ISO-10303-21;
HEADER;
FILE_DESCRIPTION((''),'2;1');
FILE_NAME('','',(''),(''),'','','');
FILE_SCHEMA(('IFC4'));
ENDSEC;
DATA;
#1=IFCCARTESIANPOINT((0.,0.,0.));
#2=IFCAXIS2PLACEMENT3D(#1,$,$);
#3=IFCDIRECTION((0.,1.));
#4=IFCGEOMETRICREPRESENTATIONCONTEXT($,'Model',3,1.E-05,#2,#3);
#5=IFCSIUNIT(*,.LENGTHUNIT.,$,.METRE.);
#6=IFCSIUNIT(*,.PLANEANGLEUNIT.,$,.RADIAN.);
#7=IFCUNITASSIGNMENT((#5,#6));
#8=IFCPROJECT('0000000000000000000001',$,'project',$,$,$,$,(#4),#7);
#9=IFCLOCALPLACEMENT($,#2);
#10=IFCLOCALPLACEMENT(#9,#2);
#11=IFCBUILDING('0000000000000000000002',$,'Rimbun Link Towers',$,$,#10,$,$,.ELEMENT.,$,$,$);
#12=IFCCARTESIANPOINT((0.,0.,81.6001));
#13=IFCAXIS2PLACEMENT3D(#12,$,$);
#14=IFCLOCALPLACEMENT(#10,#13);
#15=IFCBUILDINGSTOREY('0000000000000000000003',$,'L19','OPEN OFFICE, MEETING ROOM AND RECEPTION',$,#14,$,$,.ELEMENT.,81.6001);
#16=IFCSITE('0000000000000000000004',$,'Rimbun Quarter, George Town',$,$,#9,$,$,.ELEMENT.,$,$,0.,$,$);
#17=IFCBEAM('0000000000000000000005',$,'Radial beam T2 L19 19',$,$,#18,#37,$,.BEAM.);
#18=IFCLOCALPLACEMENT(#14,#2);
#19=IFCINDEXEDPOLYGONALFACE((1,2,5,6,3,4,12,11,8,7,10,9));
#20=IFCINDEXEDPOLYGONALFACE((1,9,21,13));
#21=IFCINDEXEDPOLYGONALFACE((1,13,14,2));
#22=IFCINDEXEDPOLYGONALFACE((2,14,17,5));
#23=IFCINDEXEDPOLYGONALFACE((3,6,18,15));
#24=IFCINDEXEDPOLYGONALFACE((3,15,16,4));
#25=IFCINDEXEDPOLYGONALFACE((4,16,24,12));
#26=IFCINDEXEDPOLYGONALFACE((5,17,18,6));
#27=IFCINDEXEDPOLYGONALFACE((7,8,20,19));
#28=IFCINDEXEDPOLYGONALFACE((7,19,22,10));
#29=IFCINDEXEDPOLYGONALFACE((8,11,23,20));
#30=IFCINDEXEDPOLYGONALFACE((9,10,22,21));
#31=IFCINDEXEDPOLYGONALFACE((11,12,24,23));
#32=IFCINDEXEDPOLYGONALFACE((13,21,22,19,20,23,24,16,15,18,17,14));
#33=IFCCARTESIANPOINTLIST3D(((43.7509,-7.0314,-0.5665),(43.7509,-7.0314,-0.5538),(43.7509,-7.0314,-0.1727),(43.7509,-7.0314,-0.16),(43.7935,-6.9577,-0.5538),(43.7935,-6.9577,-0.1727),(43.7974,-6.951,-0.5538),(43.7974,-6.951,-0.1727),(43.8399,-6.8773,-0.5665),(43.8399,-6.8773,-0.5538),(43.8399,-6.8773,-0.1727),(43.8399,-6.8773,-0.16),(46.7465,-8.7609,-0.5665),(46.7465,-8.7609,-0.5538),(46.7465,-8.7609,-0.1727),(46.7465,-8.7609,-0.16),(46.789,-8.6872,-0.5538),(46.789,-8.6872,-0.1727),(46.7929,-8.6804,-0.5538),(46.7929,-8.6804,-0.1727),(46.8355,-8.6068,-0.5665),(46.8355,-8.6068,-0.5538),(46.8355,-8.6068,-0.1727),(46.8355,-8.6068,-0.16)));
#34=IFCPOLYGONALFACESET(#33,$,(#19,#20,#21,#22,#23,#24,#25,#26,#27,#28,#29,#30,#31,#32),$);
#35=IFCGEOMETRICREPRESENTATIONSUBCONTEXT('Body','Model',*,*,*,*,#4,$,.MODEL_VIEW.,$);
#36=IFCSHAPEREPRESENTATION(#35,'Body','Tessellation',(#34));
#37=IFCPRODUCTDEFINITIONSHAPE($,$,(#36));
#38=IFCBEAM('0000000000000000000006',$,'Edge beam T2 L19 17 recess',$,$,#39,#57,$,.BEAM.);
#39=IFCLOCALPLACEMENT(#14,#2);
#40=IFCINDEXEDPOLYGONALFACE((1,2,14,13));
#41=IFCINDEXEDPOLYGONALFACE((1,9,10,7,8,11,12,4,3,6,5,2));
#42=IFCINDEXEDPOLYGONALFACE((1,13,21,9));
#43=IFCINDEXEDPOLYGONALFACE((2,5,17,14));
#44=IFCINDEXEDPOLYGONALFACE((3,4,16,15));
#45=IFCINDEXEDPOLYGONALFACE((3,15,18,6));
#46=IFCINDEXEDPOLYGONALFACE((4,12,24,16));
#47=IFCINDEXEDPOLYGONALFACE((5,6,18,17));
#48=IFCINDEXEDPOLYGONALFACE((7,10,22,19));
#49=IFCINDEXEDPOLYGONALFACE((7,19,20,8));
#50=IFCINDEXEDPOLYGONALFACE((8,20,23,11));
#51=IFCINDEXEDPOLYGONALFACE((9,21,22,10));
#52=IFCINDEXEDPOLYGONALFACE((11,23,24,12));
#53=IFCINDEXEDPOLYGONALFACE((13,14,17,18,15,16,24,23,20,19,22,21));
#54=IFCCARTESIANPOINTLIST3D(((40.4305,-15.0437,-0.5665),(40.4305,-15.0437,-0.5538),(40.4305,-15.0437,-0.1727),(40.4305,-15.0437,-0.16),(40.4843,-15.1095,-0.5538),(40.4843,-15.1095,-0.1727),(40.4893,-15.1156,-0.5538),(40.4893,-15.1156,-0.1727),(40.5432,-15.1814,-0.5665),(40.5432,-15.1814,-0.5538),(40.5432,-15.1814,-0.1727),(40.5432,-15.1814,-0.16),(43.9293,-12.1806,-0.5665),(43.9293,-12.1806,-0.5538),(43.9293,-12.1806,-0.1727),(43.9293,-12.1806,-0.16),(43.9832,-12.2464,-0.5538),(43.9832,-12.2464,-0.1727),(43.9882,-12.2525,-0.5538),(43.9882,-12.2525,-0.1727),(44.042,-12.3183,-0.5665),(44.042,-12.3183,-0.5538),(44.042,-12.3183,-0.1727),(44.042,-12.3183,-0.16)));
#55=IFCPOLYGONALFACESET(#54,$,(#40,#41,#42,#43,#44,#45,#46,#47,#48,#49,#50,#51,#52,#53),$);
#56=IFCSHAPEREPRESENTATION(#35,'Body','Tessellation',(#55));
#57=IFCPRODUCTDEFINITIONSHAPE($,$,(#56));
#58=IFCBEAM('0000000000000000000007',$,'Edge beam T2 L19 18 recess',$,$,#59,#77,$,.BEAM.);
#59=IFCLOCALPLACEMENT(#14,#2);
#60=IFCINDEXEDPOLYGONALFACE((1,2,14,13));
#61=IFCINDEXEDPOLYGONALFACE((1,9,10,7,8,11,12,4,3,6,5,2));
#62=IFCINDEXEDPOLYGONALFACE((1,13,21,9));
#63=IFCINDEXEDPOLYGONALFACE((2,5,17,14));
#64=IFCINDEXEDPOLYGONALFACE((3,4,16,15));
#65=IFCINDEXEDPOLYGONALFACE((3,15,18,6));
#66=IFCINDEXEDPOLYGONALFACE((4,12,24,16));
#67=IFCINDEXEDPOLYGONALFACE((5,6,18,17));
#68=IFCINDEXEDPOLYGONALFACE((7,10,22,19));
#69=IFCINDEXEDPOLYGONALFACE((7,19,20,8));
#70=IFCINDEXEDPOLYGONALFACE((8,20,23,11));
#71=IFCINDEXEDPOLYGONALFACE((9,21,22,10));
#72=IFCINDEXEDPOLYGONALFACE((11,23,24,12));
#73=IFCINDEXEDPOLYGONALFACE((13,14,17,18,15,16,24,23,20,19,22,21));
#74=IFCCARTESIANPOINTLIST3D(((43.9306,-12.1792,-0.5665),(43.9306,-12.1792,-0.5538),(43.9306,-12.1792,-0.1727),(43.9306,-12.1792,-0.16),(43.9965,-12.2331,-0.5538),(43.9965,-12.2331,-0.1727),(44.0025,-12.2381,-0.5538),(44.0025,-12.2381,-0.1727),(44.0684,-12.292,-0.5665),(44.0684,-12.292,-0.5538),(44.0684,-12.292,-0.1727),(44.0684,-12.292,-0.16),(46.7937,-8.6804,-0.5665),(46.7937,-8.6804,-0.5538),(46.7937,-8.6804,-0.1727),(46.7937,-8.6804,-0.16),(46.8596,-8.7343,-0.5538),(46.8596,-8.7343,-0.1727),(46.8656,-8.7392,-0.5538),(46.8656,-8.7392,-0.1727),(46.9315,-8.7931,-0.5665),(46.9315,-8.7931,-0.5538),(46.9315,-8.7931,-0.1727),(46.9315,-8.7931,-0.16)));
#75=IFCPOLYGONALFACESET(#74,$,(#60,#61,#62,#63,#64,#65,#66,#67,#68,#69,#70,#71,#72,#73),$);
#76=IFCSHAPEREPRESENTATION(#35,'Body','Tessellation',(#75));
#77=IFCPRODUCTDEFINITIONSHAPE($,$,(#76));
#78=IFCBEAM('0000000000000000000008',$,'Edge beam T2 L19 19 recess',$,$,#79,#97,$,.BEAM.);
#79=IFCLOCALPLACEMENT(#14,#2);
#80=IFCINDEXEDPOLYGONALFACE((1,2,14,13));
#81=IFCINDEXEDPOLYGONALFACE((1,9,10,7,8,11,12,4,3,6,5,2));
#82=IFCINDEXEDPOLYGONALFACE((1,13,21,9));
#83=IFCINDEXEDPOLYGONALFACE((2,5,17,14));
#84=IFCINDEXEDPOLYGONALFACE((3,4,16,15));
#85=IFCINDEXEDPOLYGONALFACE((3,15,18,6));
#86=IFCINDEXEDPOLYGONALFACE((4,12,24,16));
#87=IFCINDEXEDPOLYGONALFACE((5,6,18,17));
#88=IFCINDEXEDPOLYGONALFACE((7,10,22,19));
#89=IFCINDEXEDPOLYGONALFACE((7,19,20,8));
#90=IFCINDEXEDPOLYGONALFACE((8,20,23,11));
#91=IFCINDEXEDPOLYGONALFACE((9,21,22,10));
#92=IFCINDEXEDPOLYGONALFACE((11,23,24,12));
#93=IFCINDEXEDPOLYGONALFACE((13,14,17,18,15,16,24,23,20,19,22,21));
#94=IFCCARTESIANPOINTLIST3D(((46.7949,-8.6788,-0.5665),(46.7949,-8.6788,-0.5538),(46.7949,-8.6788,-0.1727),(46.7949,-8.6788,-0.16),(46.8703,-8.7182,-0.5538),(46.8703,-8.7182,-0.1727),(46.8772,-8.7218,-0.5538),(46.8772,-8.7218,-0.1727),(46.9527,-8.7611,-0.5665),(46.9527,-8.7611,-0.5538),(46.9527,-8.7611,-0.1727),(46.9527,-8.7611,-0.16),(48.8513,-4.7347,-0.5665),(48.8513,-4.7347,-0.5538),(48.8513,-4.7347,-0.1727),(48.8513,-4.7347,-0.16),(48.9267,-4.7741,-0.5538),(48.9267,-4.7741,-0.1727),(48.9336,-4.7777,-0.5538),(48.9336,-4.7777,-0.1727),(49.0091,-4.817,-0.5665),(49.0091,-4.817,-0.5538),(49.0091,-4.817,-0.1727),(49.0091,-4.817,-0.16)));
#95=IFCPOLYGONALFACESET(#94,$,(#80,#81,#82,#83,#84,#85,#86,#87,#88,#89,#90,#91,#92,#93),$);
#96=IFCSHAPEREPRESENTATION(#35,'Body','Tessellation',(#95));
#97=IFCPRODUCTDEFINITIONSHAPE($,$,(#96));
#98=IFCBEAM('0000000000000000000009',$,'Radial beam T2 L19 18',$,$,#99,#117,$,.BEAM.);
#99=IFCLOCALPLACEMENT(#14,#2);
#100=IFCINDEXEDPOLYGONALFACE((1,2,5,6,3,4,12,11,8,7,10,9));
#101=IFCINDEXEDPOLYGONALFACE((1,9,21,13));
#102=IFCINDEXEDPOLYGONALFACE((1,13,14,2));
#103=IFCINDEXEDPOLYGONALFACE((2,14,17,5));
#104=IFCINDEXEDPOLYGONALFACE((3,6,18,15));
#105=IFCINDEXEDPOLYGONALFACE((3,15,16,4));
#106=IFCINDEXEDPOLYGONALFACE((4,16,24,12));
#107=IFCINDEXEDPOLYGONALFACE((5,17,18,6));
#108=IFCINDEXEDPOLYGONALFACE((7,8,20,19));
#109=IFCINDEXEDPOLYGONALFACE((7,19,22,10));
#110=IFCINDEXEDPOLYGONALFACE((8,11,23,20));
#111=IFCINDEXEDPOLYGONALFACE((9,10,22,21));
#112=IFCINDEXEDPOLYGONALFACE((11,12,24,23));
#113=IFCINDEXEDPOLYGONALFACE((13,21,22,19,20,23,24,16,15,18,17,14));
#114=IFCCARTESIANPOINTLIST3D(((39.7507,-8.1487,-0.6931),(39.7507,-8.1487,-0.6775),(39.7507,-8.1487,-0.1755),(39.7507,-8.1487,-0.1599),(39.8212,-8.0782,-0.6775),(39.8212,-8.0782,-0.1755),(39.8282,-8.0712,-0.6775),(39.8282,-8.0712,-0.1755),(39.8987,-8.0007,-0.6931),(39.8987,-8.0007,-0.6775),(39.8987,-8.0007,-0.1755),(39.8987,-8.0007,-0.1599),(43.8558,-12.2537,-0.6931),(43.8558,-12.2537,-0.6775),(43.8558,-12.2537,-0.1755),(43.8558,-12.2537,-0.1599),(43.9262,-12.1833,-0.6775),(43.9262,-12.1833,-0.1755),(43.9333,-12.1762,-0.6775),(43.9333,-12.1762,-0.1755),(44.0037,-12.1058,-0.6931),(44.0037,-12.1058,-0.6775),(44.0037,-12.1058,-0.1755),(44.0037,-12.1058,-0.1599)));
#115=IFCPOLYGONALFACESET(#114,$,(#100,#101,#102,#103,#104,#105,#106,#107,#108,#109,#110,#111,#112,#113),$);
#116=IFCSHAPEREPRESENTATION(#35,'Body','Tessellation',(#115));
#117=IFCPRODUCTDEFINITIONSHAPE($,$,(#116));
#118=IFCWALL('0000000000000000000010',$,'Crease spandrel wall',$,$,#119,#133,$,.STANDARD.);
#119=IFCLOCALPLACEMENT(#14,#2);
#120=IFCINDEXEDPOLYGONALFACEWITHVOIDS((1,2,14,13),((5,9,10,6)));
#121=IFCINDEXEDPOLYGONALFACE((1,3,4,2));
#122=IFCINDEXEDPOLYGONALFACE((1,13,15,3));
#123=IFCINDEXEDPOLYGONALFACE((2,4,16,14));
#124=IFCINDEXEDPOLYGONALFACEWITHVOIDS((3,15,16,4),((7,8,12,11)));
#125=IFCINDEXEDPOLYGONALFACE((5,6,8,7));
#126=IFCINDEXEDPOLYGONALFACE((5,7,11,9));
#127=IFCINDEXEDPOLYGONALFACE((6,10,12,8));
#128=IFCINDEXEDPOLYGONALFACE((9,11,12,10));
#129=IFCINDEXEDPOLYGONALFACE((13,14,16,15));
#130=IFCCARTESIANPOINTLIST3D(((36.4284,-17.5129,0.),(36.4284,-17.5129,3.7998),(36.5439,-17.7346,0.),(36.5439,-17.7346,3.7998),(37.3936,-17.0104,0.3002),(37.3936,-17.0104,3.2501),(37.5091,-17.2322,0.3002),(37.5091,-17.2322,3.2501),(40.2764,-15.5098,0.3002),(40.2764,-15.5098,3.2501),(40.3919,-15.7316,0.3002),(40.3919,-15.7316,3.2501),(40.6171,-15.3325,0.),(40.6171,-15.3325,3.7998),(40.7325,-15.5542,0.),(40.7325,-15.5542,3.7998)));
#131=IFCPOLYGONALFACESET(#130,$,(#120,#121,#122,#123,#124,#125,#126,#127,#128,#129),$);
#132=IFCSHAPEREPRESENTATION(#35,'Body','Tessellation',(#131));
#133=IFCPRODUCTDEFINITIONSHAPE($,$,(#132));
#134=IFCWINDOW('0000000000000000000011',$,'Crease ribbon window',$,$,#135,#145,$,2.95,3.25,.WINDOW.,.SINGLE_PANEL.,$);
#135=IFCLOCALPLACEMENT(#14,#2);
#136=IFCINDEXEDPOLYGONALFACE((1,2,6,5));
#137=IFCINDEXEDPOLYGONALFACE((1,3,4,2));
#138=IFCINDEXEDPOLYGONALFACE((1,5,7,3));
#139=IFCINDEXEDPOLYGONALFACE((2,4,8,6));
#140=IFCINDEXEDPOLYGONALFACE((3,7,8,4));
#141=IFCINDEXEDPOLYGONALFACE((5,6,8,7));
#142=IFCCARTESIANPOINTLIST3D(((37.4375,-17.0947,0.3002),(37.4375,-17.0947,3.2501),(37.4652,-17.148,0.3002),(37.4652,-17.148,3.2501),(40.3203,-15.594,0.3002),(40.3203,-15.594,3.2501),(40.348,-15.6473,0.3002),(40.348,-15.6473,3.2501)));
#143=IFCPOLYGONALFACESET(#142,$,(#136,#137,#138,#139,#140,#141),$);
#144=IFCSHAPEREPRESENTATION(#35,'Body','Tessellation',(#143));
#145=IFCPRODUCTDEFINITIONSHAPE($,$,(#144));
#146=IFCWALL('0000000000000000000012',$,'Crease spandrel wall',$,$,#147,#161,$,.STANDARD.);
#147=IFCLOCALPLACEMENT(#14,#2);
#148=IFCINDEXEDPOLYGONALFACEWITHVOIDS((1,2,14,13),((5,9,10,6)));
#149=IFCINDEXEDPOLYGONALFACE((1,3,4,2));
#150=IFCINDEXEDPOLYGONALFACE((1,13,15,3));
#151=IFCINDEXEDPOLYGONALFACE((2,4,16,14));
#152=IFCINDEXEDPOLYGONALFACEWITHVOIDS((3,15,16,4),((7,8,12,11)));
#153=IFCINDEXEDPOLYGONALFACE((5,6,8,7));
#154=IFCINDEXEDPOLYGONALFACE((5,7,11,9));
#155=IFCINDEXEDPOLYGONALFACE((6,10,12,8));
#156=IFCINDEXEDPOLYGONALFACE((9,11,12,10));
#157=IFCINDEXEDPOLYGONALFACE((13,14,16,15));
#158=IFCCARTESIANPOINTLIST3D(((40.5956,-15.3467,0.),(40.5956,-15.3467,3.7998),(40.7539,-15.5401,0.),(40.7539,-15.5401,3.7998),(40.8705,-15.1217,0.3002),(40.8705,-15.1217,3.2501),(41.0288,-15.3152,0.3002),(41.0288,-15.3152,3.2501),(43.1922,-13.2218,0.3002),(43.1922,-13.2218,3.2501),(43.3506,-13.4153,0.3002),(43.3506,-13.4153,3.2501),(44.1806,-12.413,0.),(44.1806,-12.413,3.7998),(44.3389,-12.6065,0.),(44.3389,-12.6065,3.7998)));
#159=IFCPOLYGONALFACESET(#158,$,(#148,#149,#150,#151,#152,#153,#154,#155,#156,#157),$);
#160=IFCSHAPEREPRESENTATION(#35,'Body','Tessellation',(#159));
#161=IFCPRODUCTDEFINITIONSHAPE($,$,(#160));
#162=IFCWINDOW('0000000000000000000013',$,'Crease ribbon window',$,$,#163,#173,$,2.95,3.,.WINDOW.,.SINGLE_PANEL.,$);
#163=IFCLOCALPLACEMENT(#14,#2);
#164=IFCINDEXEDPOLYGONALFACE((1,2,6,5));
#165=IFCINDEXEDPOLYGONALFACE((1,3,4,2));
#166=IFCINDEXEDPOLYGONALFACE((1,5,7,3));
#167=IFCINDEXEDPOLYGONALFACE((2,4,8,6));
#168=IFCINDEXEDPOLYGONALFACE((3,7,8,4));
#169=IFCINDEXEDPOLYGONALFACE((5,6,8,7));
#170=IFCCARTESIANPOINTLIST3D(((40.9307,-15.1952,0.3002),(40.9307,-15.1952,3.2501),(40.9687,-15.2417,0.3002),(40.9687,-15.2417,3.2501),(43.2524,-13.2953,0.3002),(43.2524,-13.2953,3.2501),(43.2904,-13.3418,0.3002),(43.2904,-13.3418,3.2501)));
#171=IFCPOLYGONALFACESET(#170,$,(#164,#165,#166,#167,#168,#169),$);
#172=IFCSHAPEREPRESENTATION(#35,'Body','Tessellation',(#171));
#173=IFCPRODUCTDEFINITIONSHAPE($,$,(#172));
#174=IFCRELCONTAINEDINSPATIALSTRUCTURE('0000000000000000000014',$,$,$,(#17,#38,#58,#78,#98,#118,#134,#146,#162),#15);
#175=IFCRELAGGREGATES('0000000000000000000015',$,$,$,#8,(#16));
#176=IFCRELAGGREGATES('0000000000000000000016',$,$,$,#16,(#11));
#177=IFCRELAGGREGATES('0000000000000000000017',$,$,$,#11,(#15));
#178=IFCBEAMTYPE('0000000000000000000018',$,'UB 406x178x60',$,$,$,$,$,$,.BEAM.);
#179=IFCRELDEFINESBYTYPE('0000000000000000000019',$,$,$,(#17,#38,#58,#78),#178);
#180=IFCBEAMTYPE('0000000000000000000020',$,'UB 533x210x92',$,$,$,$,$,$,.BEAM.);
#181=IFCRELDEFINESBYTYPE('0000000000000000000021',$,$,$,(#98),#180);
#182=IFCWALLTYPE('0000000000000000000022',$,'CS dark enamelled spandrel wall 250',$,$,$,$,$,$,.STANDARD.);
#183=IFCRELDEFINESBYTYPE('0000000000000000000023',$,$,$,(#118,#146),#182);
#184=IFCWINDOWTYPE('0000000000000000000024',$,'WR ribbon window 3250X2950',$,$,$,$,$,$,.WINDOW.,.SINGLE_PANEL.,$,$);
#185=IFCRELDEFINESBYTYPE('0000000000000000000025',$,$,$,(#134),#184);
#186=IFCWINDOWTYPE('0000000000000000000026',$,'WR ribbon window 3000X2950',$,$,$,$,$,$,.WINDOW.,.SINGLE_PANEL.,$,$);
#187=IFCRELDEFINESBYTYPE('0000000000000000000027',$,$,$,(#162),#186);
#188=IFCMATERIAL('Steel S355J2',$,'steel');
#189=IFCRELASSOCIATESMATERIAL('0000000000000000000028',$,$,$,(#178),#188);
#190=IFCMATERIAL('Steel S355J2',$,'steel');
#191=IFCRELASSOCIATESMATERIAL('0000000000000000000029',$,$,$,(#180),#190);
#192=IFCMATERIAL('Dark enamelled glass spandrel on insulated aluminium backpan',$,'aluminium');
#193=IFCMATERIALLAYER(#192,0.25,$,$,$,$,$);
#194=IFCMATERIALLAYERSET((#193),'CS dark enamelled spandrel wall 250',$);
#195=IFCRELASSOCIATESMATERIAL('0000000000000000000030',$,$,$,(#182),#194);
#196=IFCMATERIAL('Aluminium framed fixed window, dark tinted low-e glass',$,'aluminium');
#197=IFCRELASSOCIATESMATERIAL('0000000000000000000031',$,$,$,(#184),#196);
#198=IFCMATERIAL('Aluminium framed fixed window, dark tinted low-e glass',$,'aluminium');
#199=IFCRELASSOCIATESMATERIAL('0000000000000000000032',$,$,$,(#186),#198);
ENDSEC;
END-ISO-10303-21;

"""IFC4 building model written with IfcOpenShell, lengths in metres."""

from ifc_helpers import new_model, si_unit, direction, frame, frame_2d, origin, origin_2d, place, context, subcontext, project, spatial, rectangle, i_section, extrude, material, layer, layer_set, material_profile, profile_set, type_object, element, fill, save


model = new_model("IFC4")

# Units and contexts
model_context = context("Model", 3, precision=1e-05, world=origin(), true_north=direction((0.0, 1.0)))
body_context = subcontext(model_context, "Body", "Model", "MODEL_VIEW")
ifc_project = project(units=[si_unit("LENGTHUNIT", "METRE"), si_unit("PLANEANGLEUNIT", "RADIAN")], contexts=[model_context])

# Site, building, storey
site_placement = place(None, origin())
site = spatial("IfcSite", under=ifc_project, at=site_placement, Name="Rimbun Quarter, George Town", CompositionType="ELEMENT", RefElevation=0.0)
building_placement = place(site_placement, origin())
building = spatial("IfcBuilding", under=site, at=building_placement, Name="Rimbun Link Towers", CompositionType="ELEMENT")
storey_placement = place(building_placement, frame((0.0, 0.0, 81.6001)))
storey = spatial("IfcBuildingStorey", under=building, at=storey_placement, Name="L19", Description="OPEN OFFICE, MEETING ROOM AND RECEPTION", CompositionType="ELEMENT", Elevation=81.6001)

# Beams
ifc_material_1 = material(Name="Steel S355J2", Category="steel")
ifc_material_profile_1 = material_profile(ifc_material_1, i_section(OverallWidth=0.178, OverallDepth=0.4065, WebThickness=0.0078, FlangeThickness=0.0127, at=origin_2d()), Name="UB 406x178x60")
ifc_profile_set_1 = profile_set([ifc_material_profile_1], Name="Steel S355J2")
beam_type_1 = type_object("IfcBeamType", Name="UB 406x178x60", PredefinedType="BEAM", material=ifc_profile_set_1)
beam_1_placement = place(storey_placement, frame((43.7954, -6.9543, -0.3633), z_axis=(0.866028, -0.499995, 0.0), x_axis=(0.499995, 0.866028, 0.0)))
element("IfcBeam", 1, at=beam_1_placement, inside=storey, type_object=beam_type_1, Name="Radial beam T2 L19 19", PredefinedType="BEAM", context=body_context, shape_type="SweptSolid", body=[
    extrude(i_section(OverallWidth=0.178, OverallDepth=0.4065, WebThickness=0.0078, FlangeThickness=0.0127, at=origin_2d()), origin(), (0.0, 0.0, 1.0), 3.459),
])
for number, where, z_axis, x_axis, name in (
    (2, (40.4868, -15.1125, -0.3633), (0.773914, 0.633291, 0.0), (-0.633291, 0.773914, 0.0), "Edge beam T2 L19 17 recess"),
    (3, (43.9995, -12.2356, -0.3633), (0.633291, 0.773914, 0.0), (-0.773914, 0.633291, 0.0), "Edge beam T2 L19 18 recess"),
):
    element("IfcBeam", number, at=place(storey_placement, frame(where, z_axis=z_axis, x_axis=x_axis)), inside=storey, type_object=beam_type_1, Name=name, PredefinedType="BEAM", context=body_context, shape_type="SweptSolid", body=[
        extrude(i_section(OverallWidth=0.178, OverallDepth=0.4065, WebThickness=0.0078, FlangeThickness=0.0127, at=origin_2d()), origin(), (0.0, 0.0, 1.0), 4.521),
    ])
beam_2_placement = place(storey_placement, frame((46.8738, -8.72, -0.3633), z_axis=(0.46232, 0.886713, 0.0), x_axis=(-0.886713, 0.46232, 0.0)))
element("IfcBeam", 4, at=beam_2_placement, inside=storey, type_object=beam_type_1, Name="Edge beam T2 L19 19 recess", PredefinedType="BEAM", context=body_context, shape_type="SweptSolid", body=[
    extrude(i_section(OverallWidth=0.178, OverallDepth=0.4065, WebThickness=0.0078, FlangeThickness=0.0127, at=origin_2d()), origin(), (0.0, 0.0, 1.0), 4.448),
])
ifc_material_2 = material(Name="Steel S355J2", Category="steel")
ifc_material_profile_2 = material_profile(ifc_material_2, i_section(OverallWidth=0.2092, OverallDepth=0.5332, WebThickness=0.01, FlangeThickness=0.0156, at=origin_2d()), Name="UB 533x210x92")
ifc_profile_set_2 = profile_set([ifc_material_profile_2], Name="Steel S355J2")
beam_type_2 = type_object("IfcBeamType", Name="UB 533x210x92", PredefinedType="BEAM", material=ifc_profile_set_2)
beam_3_placement = place(storey_placement, frame((39.8247, -8.0747, -0.4265), z_axis=(0.707107, -0.707107, 0.0), x_axis=(0.707107, 0.707107, 0.0)))
element("IfcBeam", 5, at=beam_3_placement, inside=storey, type_object=beam_type_2, Name="Radial beam T2 L19 18", PredefinedType="BEAM", context=body_context, shape_type="SweptSolid", body=[
    extrude(i_section(OverallWidth=0.2092, OverallDepth=0.5332, WebThickness=0.01, FlangeThickness=0.0156, at=origin_2d()), origin(), (0.0, 0.0, 1.0), 5.8054),
])

# Walls, openings, windows
ifc_material_3 = material(Name="Dark enamelled glass spandrel on insulated aluminium backpan", Category="aluminium")
ifc_layer_1 = layer(ifc_material_3, 0.25)
ifc_layer_set_1 = layer_set([ifc_layer_1], Name="CS dark enamelled spandrel wall 250")
wall_type_1 = type_object("IfcWallType", Name="CS dark enamelled spandrel wall 250", PredefinedType="STANDARD", material=ifc_layer_set_1)
wall_1_placement = place(storey_placement, frame((40.6748, -15.4434, 0.0), z_axis=(0.0, 0.0, 1.0), x_axis=(-0.887019, -0.461734, 0.0)))
wall_1 = element("IfcWall", 6, at=wall_1_placement, inside=storey, type_object=wall_type_1, Name="Crease spandrel wall", PredefinedType="STANDARD", context=body_context, shape_type="SweptSolid", body=[
    extrude(rectangle(XDim=4.7222, YDim=0.25, at=frame_2d((2.3611, 0.0))), origin(), (0.0, 0.0, 1.0), 3.7998),
])
opening_1_placement = place(wall_1_placement, frame((0.384, 0.0, 0.3)))
opening_1 = element("IfcOpeningElement", 7, at=opening_1_placement, cuts=wall_1, PredefinedType="OPENING", context=body_context, shape_type="SweptSolid", body=[
    extrude(rectangle(XDim=3.25, YDim=2.95, at=frame_2d((1.625, 1.4751))), frame((0.0, 0.135, 0.0), z_axis=(0.0, -1.0, 0.0), x_axis=(1.0, 0.0, 0.0)), (0.0, 0.0, 1.0), 0.27),
])
ifc_material_4 = material(Name="Aluminium framed fixed window, dark tinted low-e glass", Category="aluminium")
window_type_1 = type_object("IfcWindowType", Name="WR ribbon window 3250X2950", PartitioningType="SINGLE_PANEL", PredefinedType="WINDOW", material=ifc_material_4)
window_1_placement = place(opening_1_placement, origin())
window_1 = element("IfcWindow", 8, at=window_1_placement, inside=storey, type_object=window_type_1, Name="Crease ribbon window", OverallHeight=2.95, OverallWidth=3.25, PartitioningType="SINGLE_PANEL", PredefinedType="WINDOW", context=body_context, shape_type="SweptSolid", body=[
    extrude(rectangle(XDim=3.25, YDim=2.95, at=frame_2d((1.625, 1.4751))), frame((0.0, 0.03, 0.0), z_axis=(0.0, -1.0, 0.0), x_axis=(1.0, 0.0, 0.0)), (0.0, 0.0, 1.0), 0.0601),
])
fill(opening_1, window_1)
wall_2_placement = place(storey_placement, frame((44.2598, -12.5098, 0.0), z_axis=(0.0, 0.0, 1.0), x_axis=(-0.77391, -0.633295, 0.0)))
wall_2 = element("IfcWall", 9, at=wall_2_placement, inside=storey, type_object=wall_type_1, Name="Crease spandrel wall", PredefinedType="STANDARD", context=body_context, shape_type="SweptSolid", body=[
    extrude(rectangle(XDim=4.6323, YDim=0.25, at=frame_2d((2.3162, 0.0))), origin(), (0.0, 0.0, 1.0), 3.7998),
])
opening_2_placement = place(wall_2_placement, frame((1.2771, 0.0, 0.3)))
opening_2 = element("IfcOpeningElement", 10, at=opening_2_placement, cuts=wall_2, PredefinedType="OPENING", context=body_context, shape_type="SweptSolid", body=[
    extrude(rectangle(XDim=3.0, YDim=2.95, at=frame_2d((1.5, 1.4751))), frame((0.0, 0.135, 0.0), z_axis=(0.0, -1.0, 0.0), x_axis=(1.0, 0.0, 0.0)), (0.0, 0.0, 1.0), 0.27),
])
ifc_material_5 = material(Name="Aluminium framed fixed window, dark tinted low-e glass", Category="aluminium")
window_type_2 = type_object("IfcWindowType", Name="WR ribbon window 3000X2950", PartitioningType="SINGLE_PANEL", PredefinedType="WINDOW", material=ifc_material_5)
window_2_placement = place(opening_2_placement, origin())
window_2 = element("IfcWindow", 11, at=window_2_placement, inside=storey, type_object=window_type_2, Name="Crease ribbon window", OverallHeight=2.95, OverallWidth=3.0, PartitioningType="SINGLE_PANEL", PredefinedType="WINDOW", context=body_context, shape_type="SweptSolid", body=[
    extrude(rectangle(XDim=3.0, YDim=2.95, at=frame_2d((1.5, 1.4751))), frame((0.0, 0.03, 0.0), z_axis=(0.0, -1.0, 0.0), x_axis=(1.0, 0.0, 0.0)), (0.0, 0.0, 1.0), 0.0601),
])
fill(opening_2, window_2)

save(model, "model.ifc")
